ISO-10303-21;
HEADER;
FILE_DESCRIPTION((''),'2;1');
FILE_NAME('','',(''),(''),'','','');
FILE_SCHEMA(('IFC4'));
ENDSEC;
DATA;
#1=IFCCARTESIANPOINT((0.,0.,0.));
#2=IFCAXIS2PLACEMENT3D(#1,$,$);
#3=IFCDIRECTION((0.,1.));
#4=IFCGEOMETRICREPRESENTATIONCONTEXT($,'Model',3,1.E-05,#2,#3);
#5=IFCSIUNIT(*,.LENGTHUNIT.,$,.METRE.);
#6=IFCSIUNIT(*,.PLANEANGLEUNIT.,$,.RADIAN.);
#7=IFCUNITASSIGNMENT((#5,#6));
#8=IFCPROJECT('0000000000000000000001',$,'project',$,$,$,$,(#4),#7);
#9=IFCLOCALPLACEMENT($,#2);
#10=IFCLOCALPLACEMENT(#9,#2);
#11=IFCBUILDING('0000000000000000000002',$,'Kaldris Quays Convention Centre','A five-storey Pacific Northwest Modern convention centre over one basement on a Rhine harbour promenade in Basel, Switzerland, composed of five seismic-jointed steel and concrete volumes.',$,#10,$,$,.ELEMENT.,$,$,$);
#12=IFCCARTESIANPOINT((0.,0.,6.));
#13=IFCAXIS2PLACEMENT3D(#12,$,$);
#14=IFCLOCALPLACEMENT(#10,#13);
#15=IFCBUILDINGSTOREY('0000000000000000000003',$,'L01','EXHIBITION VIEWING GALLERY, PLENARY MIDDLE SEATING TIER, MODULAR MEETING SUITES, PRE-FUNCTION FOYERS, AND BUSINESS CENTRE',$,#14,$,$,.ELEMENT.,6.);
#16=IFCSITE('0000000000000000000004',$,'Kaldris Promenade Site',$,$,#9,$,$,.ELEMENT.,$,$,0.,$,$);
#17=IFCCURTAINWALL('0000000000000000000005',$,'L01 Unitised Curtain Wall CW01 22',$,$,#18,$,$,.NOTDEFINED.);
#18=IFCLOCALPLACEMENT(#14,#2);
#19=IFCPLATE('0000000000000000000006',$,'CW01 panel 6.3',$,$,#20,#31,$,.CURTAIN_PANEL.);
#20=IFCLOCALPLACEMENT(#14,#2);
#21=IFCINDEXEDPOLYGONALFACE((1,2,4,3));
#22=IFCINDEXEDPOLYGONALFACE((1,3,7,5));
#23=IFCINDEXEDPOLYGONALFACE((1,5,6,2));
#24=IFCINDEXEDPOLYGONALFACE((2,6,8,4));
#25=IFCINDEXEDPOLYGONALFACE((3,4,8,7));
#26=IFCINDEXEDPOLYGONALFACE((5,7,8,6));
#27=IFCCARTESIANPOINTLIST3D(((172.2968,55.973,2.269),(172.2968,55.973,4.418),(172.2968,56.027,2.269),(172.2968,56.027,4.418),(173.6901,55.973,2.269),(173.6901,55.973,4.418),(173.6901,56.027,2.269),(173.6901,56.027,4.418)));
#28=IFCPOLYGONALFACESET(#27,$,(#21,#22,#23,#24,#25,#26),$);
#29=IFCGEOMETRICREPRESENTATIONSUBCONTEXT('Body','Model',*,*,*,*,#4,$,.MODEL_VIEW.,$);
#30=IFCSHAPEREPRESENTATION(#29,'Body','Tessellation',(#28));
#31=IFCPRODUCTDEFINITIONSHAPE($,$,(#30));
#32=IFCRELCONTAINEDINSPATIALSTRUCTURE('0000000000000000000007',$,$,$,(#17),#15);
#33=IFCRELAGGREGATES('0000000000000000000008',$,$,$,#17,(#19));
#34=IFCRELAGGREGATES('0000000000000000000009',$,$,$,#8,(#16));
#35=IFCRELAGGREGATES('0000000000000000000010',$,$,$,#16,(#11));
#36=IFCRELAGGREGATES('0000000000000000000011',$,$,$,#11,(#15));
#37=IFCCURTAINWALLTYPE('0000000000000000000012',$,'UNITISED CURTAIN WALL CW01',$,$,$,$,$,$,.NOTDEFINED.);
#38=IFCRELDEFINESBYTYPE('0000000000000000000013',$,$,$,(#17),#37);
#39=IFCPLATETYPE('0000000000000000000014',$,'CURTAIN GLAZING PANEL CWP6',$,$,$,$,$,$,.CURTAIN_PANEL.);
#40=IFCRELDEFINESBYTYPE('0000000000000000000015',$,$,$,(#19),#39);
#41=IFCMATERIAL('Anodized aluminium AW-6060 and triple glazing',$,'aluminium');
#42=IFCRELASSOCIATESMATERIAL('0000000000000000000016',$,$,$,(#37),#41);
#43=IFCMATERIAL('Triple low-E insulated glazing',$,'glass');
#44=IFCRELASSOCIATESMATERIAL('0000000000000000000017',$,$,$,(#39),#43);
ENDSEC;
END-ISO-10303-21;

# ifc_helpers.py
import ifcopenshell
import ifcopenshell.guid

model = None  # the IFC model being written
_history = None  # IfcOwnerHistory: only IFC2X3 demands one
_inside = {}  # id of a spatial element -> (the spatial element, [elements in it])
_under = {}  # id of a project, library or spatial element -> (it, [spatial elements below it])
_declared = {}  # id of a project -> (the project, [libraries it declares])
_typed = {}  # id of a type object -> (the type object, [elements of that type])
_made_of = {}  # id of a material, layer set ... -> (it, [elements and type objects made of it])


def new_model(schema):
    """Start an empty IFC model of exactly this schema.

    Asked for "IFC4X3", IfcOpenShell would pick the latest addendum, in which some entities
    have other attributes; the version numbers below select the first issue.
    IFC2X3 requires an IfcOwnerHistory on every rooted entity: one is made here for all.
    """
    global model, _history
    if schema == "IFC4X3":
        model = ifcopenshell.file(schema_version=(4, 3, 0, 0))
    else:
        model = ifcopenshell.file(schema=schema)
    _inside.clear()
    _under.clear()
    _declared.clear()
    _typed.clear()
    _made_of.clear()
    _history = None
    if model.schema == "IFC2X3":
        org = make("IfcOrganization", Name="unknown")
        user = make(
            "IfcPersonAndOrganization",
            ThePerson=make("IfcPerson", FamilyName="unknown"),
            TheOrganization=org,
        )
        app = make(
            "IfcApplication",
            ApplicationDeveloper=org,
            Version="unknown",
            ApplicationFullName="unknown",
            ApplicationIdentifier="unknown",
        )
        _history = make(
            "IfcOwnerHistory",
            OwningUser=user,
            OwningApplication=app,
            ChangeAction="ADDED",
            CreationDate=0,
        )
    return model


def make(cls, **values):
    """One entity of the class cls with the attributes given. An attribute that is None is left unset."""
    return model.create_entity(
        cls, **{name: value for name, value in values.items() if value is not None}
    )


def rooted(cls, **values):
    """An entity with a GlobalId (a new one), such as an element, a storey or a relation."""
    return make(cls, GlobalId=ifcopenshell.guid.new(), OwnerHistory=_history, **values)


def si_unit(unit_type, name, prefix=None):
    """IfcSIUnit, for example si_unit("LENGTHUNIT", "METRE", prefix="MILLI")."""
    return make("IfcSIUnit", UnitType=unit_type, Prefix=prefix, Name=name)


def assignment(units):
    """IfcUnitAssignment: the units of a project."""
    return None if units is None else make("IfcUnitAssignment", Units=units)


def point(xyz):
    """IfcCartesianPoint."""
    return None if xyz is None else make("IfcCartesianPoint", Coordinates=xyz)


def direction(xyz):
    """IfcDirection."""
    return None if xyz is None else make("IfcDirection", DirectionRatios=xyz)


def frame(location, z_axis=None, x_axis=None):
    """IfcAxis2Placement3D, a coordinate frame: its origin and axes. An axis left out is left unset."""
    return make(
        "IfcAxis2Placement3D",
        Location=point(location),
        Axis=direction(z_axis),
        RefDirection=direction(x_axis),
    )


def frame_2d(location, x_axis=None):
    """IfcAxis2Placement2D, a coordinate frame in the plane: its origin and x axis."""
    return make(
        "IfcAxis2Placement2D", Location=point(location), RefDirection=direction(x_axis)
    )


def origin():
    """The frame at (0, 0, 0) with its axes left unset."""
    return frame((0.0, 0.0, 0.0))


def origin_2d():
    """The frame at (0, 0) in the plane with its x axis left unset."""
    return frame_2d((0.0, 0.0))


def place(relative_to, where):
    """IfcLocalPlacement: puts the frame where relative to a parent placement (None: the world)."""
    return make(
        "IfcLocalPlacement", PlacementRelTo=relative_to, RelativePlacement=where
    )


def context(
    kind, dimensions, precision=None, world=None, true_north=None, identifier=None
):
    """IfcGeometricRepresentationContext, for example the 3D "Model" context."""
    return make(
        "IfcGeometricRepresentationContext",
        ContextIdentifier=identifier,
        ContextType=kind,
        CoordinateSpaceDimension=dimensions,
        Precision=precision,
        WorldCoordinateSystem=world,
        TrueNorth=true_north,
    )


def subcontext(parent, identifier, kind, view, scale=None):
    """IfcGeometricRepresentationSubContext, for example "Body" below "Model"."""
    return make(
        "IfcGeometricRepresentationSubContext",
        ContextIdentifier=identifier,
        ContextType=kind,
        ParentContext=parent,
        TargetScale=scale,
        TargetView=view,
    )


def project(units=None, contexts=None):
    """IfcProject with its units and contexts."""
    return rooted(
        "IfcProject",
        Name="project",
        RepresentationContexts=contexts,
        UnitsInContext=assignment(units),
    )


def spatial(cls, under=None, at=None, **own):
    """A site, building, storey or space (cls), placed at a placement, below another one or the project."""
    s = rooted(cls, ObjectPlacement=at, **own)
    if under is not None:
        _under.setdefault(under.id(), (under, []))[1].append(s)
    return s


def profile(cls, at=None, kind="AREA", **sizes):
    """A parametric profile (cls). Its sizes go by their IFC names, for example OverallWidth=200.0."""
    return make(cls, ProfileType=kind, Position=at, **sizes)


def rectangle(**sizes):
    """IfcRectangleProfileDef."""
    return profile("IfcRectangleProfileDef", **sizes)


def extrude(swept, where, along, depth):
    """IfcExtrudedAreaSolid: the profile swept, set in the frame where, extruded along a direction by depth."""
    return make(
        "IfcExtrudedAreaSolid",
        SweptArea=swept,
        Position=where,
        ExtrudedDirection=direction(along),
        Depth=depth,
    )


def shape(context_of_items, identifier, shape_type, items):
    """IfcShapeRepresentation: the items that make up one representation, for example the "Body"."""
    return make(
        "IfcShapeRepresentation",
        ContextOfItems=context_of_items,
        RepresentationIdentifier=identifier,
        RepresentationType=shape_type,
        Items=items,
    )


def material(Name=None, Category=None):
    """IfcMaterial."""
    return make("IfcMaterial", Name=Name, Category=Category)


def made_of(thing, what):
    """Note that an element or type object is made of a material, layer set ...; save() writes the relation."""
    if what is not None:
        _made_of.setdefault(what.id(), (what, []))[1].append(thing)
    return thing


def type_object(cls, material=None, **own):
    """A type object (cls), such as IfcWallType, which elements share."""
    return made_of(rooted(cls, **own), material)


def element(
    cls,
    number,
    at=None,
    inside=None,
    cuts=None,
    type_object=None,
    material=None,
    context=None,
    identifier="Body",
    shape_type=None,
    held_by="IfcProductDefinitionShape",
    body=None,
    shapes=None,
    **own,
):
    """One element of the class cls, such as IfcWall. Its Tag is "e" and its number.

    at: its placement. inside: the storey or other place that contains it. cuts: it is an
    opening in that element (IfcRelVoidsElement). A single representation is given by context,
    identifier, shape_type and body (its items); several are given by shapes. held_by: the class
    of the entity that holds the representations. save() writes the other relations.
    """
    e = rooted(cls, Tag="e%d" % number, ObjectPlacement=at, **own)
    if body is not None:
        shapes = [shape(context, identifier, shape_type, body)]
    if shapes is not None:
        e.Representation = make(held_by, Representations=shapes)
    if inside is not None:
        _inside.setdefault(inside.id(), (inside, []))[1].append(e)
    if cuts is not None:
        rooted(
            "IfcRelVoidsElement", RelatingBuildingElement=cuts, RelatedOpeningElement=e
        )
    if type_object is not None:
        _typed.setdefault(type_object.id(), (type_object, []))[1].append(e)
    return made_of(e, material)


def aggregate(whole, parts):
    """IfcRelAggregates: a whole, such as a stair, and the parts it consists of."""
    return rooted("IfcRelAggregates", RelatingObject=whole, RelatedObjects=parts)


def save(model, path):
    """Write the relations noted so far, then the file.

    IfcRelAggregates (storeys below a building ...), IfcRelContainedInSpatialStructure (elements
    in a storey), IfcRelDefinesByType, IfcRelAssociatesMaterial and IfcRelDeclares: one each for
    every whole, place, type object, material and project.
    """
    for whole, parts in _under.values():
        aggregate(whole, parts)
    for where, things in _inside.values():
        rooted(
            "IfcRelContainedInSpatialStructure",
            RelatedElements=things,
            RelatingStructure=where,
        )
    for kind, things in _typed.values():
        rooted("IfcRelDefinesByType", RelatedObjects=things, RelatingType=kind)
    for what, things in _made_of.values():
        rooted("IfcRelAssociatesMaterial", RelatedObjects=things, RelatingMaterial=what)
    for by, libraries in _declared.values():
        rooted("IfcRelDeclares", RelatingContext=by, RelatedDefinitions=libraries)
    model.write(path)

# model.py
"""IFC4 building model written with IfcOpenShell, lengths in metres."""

from ifc_helpers import new_model, si_unit, direction, frame, origin, origin_2d, place, context, subcontext, project, spatial, rectangle, extrude, material, type_object, element, aggregate, save


model = new_model("IFC4")

# Units and contexts
model_context = context("Model", 3, precision=1e-05, world=origin(), true_north=direction((0.0, 1.0)))
body_context = subcontext(model_context, "Body", "Model", "MODEL_VIEW")
ifc_project = project(units=[si_unit("LENGTHUNIT", "METRE"), si_unit("PLANEANGLEUNIT", "RADIAN")], contexts=[model_context])

# Site, building, storey
site_placement = place(None, origin())
site = spatial("IfcSite", under=ifc_project, at=site_placement, Name="Kaldris Promenade Site", CompositionType="ELEMENT", RefElevation=0.0)
building_placement = place(site_placement, origin())
building = spatial("IfcBuilding", under=site, at=building_placement, Name="Kaldris Quays Convention Centre", Description="A five-storey Pacific Northwest Modern convention centre over one basement on a Rhine harbour promenade in Basel, Switzerland, composed of five seismic-jointed steel and concrete volumes.", CompositionType="ELEMENT")
storey_placement = place(building_placement, frame((0.0, 0.0, 6.0)))
storey = spatial("IfcBuildingStorey", under=building, at=storey_placement, Name="L01", Description="EXHIBITION VIEWING GALLERY, PLENARY MIDDLE SEATING TIER, MODULAR MEETING SUITES, PRE-FUNCTION FOYERS, AND BUSINESS CENTRE", CompositionType="ELEMENT", Elevation=6.0)

# Curtain wall, plate
ifc_material_1 = material(Name="Anodized aluminium AW-6060 and triple glazing", Category="aluminium")
curtain_wall_type = type_object("IfcCurtainWallType", Name="UNITISED CURTAIN WALL CW01", PredefinedType="NOTDEFINED", material=ifc_material_1)
curtain_wall_placement = place(storey_placement, origin())
curtain_wall = element("IfcCurtainWall", 1, at=curtain_wall_placement, inside=storey, type_object=curtain_wall_type, Name="L01 Unitised Curtain Wall CW01 22", PredefinedType="NOTDEFINED")
ifc_material_2 = material(Name="Triple low-E insulated glazing", Category="glass")
plate_type = type_object("IfcPlateType", Name="CURTAIN GLAZING PANEL CWP6", PredefinedType="CURTAIN_PANEL", material=ifc_material_2)
plate_1_placement = place(storey_placement, frame((172.9934, 56.0, 2.269), z_axis=(0.0, 0.0, 1.0), x_axis=(1.0, 0.0, 0.0)))
plate_1 = element("IfcPlate", 2, at=plate_1_placement, type_object=plate_type, Name="CW01 panel 6.3", PredefinedType="CURTAIN_PANEL", context=body_context, shape_type="SweptSolid", body=[
    extrude(rectangle(XDim=1.3933, YDim=0.054, at=origin_2d()), origin(), (0.0, 0.0, 1.0), 2.1489),
])
aggregate(curtain_wall, [plate_1])

save(model, "model.ifc")
